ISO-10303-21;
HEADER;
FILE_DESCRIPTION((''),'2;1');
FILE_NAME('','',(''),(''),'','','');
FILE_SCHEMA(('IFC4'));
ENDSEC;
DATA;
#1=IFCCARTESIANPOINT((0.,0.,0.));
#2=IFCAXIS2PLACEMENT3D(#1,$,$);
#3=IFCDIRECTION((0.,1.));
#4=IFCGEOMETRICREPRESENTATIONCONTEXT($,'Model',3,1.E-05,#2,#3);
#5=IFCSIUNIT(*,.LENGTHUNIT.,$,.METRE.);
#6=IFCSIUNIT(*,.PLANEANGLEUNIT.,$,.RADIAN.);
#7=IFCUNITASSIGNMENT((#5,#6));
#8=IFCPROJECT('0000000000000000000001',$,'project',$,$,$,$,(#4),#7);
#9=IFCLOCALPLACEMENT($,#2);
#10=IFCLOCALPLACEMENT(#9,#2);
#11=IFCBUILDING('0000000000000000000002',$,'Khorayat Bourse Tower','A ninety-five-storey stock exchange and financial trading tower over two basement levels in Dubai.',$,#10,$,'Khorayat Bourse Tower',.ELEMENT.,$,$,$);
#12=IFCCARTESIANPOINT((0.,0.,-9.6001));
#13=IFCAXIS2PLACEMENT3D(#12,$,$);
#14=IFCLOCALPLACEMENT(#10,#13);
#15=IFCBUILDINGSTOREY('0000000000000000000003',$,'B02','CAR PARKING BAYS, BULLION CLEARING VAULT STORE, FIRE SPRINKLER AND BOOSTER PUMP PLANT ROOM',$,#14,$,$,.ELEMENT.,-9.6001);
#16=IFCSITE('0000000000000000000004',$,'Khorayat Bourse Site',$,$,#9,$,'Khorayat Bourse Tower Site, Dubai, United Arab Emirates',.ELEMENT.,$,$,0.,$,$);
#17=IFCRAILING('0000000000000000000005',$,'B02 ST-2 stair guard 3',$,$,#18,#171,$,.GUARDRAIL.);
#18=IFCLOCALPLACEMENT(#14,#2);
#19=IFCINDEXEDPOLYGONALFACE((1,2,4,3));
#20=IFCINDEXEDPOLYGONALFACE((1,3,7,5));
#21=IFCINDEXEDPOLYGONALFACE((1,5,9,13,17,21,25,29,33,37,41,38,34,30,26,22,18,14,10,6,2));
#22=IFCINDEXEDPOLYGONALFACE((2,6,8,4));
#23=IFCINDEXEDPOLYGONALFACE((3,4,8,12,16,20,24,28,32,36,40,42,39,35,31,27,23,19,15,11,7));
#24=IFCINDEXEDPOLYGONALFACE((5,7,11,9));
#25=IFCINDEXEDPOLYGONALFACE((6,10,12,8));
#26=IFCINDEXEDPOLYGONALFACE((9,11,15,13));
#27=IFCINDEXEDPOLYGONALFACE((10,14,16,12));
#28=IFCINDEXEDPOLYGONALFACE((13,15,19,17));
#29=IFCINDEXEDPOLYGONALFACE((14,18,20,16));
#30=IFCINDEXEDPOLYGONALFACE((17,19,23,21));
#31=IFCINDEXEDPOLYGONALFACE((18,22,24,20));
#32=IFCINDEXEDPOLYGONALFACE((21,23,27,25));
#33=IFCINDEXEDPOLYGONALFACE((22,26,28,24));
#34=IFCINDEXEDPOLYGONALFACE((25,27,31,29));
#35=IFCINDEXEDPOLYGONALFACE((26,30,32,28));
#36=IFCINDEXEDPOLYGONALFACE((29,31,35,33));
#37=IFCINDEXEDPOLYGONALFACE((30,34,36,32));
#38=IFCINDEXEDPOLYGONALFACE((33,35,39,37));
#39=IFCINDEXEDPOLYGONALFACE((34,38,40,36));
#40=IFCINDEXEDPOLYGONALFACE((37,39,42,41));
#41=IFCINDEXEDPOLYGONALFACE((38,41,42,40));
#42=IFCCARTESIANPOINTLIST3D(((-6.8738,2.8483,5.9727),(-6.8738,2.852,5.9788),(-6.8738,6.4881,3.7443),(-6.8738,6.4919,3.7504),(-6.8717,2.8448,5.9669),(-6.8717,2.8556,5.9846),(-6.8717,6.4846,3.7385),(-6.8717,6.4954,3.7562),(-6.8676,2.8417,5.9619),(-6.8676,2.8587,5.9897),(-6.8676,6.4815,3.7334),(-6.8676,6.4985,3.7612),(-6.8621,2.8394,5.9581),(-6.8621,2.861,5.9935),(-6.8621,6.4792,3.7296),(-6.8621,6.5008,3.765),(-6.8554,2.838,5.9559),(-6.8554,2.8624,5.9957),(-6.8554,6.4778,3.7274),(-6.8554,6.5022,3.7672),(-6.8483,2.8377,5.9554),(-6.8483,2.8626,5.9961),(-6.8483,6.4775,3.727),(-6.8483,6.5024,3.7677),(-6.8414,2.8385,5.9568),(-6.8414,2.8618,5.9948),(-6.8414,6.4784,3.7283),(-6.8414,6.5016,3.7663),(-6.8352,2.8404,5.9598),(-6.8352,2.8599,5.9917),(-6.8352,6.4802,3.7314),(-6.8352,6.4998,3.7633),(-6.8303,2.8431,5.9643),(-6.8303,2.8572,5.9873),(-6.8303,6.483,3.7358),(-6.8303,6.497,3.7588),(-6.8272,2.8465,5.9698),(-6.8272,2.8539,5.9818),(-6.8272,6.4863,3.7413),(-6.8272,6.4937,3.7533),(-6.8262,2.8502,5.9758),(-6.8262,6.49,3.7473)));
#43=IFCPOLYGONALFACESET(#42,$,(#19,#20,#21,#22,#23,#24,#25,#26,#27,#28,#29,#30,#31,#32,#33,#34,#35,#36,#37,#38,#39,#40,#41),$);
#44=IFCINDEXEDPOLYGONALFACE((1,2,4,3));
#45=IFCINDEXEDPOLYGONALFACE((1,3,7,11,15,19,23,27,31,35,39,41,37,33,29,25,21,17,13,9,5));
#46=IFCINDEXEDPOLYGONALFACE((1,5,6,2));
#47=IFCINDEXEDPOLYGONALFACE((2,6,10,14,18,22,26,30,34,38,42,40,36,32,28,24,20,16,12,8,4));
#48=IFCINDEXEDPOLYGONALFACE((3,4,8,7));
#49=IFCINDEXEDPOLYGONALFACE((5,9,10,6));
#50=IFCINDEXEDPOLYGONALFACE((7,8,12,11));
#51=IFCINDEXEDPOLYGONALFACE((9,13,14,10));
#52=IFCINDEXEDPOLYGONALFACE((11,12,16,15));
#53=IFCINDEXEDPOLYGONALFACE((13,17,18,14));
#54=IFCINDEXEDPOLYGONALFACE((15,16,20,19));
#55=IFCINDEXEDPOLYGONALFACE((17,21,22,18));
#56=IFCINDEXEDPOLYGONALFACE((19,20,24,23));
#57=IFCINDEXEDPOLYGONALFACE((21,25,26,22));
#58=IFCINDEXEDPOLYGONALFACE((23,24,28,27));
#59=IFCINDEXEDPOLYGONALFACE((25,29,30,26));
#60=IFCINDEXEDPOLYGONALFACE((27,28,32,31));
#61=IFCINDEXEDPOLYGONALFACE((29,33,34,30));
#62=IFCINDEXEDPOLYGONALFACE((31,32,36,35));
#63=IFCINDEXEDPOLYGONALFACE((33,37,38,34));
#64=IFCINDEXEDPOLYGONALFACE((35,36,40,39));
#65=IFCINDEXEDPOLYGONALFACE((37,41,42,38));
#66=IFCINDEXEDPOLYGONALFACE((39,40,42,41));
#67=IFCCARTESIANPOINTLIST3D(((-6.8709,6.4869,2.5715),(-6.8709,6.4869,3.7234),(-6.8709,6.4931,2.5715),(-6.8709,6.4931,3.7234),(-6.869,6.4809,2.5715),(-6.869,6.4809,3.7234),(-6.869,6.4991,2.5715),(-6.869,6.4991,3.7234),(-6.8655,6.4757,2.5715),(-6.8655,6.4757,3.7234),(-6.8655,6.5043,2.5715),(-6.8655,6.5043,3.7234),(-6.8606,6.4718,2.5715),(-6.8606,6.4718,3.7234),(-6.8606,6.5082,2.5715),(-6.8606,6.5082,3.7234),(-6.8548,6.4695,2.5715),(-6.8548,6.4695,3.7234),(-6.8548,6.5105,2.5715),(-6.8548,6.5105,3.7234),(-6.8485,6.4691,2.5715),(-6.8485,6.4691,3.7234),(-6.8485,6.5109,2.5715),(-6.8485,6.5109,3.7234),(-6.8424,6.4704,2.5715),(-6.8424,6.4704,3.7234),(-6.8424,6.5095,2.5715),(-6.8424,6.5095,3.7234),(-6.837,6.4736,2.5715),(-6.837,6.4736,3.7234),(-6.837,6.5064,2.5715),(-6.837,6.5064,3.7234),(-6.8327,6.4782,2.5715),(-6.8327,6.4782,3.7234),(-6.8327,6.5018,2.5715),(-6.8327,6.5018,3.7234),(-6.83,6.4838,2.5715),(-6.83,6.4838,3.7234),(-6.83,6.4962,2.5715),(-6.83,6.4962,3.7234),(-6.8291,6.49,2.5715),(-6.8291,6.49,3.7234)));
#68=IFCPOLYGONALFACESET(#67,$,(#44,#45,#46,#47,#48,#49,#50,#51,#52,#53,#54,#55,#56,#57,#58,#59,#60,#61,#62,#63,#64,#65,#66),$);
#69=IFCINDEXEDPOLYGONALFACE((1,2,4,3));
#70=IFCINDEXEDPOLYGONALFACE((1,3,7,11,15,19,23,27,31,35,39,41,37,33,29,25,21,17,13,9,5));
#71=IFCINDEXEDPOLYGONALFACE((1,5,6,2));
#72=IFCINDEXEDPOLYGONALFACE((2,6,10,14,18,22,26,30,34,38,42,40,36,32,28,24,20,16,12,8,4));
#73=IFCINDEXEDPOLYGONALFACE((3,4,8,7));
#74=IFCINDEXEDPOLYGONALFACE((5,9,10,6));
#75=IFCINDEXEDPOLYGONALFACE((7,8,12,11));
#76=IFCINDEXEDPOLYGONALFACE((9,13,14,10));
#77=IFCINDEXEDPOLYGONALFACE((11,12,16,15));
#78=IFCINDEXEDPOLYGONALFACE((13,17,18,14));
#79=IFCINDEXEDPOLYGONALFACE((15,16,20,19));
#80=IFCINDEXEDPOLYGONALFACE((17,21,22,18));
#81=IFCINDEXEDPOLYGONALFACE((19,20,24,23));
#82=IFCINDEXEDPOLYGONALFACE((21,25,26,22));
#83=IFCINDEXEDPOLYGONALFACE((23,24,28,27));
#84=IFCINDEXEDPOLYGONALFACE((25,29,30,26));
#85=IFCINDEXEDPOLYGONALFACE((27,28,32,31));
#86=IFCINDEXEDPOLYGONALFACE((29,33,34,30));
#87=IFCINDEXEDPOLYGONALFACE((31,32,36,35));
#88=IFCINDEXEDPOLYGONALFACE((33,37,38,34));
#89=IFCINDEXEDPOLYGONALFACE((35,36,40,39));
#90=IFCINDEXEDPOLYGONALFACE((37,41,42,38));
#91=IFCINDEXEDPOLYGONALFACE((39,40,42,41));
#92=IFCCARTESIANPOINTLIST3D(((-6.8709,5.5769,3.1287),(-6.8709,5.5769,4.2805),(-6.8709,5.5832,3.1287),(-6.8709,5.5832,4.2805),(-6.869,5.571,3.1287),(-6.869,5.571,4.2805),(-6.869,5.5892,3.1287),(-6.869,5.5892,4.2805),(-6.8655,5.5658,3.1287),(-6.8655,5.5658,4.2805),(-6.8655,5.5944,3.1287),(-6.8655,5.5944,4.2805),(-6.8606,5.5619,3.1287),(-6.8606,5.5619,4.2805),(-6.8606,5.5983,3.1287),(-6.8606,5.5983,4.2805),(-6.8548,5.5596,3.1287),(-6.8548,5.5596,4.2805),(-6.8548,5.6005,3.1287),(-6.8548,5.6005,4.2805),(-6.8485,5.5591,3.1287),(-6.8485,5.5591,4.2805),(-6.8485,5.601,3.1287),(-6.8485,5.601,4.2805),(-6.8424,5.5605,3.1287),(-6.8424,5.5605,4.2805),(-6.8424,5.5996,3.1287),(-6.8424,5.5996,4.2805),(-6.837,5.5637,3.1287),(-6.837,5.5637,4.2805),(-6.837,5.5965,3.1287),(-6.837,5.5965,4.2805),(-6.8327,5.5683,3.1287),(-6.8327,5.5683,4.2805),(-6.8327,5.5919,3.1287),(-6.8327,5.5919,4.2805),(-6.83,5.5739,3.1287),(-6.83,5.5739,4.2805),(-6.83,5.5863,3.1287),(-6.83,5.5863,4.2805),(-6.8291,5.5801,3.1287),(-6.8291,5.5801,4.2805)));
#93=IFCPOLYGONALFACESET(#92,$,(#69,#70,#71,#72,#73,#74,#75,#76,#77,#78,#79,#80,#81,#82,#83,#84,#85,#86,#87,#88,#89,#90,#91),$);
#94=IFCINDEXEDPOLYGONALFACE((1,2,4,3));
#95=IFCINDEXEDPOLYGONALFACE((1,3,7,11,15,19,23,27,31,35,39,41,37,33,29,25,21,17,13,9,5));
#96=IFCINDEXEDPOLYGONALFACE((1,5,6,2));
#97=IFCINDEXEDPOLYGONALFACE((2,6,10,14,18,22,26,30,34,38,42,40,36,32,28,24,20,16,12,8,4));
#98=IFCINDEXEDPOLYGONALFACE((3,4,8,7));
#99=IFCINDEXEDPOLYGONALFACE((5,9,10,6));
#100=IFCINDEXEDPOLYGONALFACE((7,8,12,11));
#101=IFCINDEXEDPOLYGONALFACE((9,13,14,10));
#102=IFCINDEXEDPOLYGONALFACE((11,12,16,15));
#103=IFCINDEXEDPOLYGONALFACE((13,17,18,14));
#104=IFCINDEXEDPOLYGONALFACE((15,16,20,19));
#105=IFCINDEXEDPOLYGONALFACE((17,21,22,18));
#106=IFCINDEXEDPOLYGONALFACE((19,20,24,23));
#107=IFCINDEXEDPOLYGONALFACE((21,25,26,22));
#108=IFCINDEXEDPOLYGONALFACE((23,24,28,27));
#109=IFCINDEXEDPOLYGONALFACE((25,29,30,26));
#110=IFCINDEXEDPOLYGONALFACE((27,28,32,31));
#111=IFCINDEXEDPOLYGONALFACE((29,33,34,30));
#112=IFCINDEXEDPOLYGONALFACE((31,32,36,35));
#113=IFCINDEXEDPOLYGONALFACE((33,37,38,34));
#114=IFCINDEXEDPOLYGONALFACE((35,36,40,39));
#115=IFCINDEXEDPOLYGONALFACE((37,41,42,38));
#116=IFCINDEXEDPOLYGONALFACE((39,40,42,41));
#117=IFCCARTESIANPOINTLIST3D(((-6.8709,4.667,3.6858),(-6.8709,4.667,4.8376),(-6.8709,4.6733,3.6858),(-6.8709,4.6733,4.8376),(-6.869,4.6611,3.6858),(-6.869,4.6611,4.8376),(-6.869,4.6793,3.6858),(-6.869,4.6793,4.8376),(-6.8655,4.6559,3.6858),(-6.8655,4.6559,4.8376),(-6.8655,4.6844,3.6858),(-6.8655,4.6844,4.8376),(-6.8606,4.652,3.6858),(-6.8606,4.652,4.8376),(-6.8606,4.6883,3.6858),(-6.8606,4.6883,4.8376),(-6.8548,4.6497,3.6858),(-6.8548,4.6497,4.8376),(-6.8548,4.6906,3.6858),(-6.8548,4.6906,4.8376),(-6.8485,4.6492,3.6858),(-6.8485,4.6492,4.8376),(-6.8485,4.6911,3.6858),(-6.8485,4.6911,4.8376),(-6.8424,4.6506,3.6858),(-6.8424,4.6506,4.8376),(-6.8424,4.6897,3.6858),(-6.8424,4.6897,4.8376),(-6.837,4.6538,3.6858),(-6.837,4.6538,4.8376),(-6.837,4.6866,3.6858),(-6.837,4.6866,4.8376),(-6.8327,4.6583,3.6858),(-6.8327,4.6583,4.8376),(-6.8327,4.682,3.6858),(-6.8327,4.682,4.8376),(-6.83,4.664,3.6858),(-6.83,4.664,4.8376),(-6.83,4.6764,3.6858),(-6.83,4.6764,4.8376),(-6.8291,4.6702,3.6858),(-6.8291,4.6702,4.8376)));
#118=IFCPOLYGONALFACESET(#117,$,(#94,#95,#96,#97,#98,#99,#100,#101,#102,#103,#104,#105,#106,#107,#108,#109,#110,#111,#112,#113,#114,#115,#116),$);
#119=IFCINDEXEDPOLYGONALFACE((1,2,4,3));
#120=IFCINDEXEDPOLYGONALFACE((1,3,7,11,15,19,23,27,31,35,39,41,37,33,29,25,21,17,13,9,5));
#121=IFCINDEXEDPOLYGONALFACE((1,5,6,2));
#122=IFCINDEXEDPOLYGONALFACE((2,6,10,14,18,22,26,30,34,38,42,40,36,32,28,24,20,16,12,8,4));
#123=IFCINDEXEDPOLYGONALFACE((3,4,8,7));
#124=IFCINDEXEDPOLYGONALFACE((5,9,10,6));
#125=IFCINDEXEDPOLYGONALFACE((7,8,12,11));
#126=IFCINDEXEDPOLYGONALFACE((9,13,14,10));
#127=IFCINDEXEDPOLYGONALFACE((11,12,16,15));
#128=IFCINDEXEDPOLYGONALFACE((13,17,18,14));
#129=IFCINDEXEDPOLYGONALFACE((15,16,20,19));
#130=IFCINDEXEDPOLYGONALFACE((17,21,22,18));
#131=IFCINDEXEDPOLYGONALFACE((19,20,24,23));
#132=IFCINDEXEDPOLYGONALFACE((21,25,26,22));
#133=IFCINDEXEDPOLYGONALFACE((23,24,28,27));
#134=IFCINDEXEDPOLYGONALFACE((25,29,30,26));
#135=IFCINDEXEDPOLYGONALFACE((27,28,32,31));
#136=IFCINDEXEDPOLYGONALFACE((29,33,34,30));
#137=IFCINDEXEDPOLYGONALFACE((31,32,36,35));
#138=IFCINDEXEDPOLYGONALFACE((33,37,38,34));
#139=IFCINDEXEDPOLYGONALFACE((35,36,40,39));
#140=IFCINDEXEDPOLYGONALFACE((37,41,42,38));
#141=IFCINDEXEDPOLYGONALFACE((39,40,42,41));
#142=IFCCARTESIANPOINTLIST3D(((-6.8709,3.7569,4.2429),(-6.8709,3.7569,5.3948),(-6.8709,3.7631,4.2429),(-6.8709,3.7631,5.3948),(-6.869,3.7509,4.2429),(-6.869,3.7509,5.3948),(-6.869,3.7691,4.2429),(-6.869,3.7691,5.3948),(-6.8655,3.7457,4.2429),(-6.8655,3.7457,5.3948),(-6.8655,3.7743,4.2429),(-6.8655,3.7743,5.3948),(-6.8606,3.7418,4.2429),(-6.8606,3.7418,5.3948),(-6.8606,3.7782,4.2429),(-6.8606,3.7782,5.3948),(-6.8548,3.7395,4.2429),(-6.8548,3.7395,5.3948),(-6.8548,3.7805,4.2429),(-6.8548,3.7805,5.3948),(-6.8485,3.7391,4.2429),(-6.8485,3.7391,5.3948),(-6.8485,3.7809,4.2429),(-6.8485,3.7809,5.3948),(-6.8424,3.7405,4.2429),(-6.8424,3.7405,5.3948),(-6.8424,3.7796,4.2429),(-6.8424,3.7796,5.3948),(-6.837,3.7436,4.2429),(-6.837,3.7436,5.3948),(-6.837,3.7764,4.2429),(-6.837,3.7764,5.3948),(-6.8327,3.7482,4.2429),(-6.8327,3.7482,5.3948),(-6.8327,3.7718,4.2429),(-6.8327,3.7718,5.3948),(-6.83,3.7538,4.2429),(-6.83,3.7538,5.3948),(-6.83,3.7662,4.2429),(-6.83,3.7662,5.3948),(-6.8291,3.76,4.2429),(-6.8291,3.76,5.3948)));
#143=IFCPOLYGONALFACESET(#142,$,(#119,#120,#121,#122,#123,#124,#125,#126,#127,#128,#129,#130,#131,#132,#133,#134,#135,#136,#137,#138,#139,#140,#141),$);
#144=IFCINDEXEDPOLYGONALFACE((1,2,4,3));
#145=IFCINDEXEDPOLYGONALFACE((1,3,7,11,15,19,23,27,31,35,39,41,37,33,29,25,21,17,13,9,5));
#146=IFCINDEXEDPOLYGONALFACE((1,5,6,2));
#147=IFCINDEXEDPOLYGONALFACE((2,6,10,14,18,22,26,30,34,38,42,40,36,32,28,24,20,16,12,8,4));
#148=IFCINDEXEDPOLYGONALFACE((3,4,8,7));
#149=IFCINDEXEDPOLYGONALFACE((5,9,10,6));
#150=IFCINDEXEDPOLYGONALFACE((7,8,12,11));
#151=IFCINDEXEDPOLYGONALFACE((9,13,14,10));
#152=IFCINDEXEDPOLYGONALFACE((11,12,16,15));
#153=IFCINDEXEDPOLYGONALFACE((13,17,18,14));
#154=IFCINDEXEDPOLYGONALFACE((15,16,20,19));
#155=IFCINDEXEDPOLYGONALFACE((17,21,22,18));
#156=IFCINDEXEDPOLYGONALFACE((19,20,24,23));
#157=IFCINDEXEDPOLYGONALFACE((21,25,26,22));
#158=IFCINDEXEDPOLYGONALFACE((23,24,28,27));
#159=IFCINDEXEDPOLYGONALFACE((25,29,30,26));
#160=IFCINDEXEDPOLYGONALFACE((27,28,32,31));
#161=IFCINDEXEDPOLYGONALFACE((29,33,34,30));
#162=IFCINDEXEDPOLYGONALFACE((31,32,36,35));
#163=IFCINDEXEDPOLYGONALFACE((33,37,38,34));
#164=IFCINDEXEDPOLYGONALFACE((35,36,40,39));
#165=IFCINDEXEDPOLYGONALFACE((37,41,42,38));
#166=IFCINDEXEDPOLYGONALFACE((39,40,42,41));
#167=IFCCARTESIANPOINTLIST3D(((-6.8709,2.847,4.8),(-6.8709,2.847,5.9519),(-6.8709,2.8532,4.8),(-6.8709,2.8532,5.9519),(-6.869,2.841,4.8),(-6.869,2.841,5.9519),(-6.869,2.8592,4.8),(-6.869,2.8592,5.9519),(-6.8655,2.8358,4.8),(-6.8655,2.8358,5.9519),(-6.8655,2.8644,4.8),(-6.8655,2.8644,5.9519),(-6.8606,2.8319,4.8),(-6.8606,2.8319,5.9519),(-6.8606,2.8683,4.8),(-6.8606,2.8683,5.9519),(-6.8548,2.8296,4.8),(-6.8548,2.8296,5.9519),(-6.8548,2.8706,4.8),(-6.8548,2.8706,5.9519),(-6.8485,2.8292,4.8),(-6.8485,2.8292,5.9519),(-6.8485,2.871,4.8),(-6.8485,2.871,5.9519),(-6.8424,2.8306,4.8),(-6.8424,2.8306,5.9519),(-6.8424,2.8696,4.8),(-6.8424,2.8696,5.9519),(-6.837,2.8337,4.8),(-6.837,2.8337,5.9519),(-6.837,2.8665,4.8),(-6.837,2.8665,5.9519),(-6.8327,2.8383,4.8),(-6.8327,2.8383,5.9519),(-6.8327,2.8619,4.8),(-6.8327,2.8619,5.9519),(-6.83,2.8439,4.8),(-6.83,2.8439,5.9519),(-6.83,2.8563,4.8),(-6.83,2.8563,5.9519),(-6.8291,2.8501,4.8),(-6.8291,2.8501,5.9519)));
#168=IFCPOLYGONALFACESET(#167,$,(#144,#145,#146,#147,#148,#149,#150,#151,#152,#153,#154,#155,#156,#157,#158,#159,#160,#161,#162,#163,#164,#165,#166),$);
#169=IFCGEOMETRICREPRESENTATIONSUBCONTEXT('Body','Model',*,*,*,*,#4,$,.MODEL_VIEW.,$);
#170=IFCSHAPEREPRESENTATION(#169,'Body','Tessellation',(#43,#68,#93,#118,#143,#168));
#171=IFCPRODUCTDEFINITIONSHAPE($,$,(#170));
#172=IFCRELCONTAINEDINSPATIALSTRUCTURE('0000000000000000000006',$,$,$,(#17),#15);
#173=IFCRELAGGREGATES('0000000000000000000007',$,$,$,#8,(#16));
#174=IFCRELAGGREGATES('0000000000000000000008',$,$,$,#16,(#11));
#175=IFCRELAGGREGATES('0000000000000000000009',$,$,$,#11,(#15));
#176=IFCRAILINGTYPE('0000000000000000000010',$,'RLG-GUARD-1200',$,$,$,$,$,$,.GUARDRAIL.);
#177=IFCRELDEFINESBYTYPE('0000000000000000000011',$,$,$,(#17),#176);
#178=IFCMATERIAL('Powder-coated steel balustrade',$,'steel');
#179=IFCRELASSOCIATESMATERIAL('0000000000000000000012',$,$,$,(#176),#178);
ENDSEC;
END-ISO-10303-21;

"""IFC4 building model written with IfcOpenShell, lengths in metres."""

from ifc_helpers import new_model, si_unit, direction, frame, origin, origin_2d, place, context, subcontext, project, spatial, circle, extrude, source, transform, mapped, material, type_object, element, save


model = new_model("IFC4")

# Units and contexts
model_context = context("Model", 3, precision=1e-05, world=origin(), true_north=direction((0.0, 1.0)))
body_context = subcontext(model_context, "Body", "Model", "MODEL_VIEW")
ifc_project = project(units=[si_unit("LENGTHUNIT", "METRE"), si_unit("PLANEANGLEUNIT", "RADIAN")], contexts=[model_context])

# Site, building, storey
site_placement = place(None, origin())
site = spatial("IfcSite", under=ifc_project, at=site_placement, Name="Khorayat Bourse Site", LongName="Khorayat Bourse Tower Site, Dubai, United Arab Emirates", CompositionType="ELEMENT", RefElevation=0.0)
building_placement = place(site_placement, origin())
building = spatial("IfcBuilding", under=site, at=building_placement, Name="Khorayat Bourse Tower", Description="A ninety-five-storey stock exchange and financial trading tower over two basement levels in Dubai.", LongName="Khorayat Bourse Tower", CompositionType="ELEMENT")
storey_placement = place(building_placement, frame((0.0, 0.0, -9.6001)))
storey = spatial("IfcBuildingStorey", under=building, at=storey_placement, Name="B02", Description="CAR PARKING BAYS, BULLION CLEARING VAULT STORE, FIRE SPRINKLER AND BOOSTER PUMP PLANT ROOM", CompositionType="ELEMENT", Elevation=-9.6001)

# Railing
ifc_material_1 = material(Name="Powder-coated steel balustrade", Category="steel")
railing_type_1 = type_object("IfcRailingType", Name="RLG-GUARD-1200", PredefinedType="GUARDRAIL", material=ifc_material_1)
shared_shape_1 = source(origin(), body_context, "Body", "SweptSolid", [
    extrude(circle(Radius=0.0239, at=origin_2d()), frame((0.0, 0.0, 1.1758), z_axis=(0.0, -0.85285, 0.522156), x_axis=(1.0, 0.0, 0.0)), (0.0, 0.0, 1.0), 4.2678),
    extrude(circle(Radius=0.021, at=origin_2d()), origin(), (0.0, 0.0, 1.0), 1.1519),
    extrude(circle(Radius=0.021, at=origin_2d()), frame((0.0, -0.9099, 0.5571)), (0.0, 0.0, 1.0), 1.1519),
    extrude(circle(Radius=0.021, at=origin_2d()), frame((0.0, -1.8198, 1.1143)), (0.0, 0.0, 1.0), 1.1519),
    extrude(circle(Radius=0.021, at=origin_2d()), frame((0.0, -2.73, 1.6714)), (0.0, 0.0, 1.0), 1.1519),
    extrude(circle(Radius=0.021, at=origin_2d()), frame((0.0, -3.6399, 2.2285)), (0.0, 0.0, 1.0), 1.1519),
])
railing_1_placement = place(storey_placement, frame((-6.8501, 6.49, 2.5715)))
element("IfcRailing", 1, at=railing_1_placement, inside=storey, type_object=railing_type_1, Name="B02 ST-2 stair guard 3", PredefinedType="GUARDRAIL", context=body_context, shape_type="MappedRepresentation", body=[
    mapped(shared_shape_1, transform((0.0, 0.0, 0.0), scale=1.0)),
])

save(model, "model.ifc")
